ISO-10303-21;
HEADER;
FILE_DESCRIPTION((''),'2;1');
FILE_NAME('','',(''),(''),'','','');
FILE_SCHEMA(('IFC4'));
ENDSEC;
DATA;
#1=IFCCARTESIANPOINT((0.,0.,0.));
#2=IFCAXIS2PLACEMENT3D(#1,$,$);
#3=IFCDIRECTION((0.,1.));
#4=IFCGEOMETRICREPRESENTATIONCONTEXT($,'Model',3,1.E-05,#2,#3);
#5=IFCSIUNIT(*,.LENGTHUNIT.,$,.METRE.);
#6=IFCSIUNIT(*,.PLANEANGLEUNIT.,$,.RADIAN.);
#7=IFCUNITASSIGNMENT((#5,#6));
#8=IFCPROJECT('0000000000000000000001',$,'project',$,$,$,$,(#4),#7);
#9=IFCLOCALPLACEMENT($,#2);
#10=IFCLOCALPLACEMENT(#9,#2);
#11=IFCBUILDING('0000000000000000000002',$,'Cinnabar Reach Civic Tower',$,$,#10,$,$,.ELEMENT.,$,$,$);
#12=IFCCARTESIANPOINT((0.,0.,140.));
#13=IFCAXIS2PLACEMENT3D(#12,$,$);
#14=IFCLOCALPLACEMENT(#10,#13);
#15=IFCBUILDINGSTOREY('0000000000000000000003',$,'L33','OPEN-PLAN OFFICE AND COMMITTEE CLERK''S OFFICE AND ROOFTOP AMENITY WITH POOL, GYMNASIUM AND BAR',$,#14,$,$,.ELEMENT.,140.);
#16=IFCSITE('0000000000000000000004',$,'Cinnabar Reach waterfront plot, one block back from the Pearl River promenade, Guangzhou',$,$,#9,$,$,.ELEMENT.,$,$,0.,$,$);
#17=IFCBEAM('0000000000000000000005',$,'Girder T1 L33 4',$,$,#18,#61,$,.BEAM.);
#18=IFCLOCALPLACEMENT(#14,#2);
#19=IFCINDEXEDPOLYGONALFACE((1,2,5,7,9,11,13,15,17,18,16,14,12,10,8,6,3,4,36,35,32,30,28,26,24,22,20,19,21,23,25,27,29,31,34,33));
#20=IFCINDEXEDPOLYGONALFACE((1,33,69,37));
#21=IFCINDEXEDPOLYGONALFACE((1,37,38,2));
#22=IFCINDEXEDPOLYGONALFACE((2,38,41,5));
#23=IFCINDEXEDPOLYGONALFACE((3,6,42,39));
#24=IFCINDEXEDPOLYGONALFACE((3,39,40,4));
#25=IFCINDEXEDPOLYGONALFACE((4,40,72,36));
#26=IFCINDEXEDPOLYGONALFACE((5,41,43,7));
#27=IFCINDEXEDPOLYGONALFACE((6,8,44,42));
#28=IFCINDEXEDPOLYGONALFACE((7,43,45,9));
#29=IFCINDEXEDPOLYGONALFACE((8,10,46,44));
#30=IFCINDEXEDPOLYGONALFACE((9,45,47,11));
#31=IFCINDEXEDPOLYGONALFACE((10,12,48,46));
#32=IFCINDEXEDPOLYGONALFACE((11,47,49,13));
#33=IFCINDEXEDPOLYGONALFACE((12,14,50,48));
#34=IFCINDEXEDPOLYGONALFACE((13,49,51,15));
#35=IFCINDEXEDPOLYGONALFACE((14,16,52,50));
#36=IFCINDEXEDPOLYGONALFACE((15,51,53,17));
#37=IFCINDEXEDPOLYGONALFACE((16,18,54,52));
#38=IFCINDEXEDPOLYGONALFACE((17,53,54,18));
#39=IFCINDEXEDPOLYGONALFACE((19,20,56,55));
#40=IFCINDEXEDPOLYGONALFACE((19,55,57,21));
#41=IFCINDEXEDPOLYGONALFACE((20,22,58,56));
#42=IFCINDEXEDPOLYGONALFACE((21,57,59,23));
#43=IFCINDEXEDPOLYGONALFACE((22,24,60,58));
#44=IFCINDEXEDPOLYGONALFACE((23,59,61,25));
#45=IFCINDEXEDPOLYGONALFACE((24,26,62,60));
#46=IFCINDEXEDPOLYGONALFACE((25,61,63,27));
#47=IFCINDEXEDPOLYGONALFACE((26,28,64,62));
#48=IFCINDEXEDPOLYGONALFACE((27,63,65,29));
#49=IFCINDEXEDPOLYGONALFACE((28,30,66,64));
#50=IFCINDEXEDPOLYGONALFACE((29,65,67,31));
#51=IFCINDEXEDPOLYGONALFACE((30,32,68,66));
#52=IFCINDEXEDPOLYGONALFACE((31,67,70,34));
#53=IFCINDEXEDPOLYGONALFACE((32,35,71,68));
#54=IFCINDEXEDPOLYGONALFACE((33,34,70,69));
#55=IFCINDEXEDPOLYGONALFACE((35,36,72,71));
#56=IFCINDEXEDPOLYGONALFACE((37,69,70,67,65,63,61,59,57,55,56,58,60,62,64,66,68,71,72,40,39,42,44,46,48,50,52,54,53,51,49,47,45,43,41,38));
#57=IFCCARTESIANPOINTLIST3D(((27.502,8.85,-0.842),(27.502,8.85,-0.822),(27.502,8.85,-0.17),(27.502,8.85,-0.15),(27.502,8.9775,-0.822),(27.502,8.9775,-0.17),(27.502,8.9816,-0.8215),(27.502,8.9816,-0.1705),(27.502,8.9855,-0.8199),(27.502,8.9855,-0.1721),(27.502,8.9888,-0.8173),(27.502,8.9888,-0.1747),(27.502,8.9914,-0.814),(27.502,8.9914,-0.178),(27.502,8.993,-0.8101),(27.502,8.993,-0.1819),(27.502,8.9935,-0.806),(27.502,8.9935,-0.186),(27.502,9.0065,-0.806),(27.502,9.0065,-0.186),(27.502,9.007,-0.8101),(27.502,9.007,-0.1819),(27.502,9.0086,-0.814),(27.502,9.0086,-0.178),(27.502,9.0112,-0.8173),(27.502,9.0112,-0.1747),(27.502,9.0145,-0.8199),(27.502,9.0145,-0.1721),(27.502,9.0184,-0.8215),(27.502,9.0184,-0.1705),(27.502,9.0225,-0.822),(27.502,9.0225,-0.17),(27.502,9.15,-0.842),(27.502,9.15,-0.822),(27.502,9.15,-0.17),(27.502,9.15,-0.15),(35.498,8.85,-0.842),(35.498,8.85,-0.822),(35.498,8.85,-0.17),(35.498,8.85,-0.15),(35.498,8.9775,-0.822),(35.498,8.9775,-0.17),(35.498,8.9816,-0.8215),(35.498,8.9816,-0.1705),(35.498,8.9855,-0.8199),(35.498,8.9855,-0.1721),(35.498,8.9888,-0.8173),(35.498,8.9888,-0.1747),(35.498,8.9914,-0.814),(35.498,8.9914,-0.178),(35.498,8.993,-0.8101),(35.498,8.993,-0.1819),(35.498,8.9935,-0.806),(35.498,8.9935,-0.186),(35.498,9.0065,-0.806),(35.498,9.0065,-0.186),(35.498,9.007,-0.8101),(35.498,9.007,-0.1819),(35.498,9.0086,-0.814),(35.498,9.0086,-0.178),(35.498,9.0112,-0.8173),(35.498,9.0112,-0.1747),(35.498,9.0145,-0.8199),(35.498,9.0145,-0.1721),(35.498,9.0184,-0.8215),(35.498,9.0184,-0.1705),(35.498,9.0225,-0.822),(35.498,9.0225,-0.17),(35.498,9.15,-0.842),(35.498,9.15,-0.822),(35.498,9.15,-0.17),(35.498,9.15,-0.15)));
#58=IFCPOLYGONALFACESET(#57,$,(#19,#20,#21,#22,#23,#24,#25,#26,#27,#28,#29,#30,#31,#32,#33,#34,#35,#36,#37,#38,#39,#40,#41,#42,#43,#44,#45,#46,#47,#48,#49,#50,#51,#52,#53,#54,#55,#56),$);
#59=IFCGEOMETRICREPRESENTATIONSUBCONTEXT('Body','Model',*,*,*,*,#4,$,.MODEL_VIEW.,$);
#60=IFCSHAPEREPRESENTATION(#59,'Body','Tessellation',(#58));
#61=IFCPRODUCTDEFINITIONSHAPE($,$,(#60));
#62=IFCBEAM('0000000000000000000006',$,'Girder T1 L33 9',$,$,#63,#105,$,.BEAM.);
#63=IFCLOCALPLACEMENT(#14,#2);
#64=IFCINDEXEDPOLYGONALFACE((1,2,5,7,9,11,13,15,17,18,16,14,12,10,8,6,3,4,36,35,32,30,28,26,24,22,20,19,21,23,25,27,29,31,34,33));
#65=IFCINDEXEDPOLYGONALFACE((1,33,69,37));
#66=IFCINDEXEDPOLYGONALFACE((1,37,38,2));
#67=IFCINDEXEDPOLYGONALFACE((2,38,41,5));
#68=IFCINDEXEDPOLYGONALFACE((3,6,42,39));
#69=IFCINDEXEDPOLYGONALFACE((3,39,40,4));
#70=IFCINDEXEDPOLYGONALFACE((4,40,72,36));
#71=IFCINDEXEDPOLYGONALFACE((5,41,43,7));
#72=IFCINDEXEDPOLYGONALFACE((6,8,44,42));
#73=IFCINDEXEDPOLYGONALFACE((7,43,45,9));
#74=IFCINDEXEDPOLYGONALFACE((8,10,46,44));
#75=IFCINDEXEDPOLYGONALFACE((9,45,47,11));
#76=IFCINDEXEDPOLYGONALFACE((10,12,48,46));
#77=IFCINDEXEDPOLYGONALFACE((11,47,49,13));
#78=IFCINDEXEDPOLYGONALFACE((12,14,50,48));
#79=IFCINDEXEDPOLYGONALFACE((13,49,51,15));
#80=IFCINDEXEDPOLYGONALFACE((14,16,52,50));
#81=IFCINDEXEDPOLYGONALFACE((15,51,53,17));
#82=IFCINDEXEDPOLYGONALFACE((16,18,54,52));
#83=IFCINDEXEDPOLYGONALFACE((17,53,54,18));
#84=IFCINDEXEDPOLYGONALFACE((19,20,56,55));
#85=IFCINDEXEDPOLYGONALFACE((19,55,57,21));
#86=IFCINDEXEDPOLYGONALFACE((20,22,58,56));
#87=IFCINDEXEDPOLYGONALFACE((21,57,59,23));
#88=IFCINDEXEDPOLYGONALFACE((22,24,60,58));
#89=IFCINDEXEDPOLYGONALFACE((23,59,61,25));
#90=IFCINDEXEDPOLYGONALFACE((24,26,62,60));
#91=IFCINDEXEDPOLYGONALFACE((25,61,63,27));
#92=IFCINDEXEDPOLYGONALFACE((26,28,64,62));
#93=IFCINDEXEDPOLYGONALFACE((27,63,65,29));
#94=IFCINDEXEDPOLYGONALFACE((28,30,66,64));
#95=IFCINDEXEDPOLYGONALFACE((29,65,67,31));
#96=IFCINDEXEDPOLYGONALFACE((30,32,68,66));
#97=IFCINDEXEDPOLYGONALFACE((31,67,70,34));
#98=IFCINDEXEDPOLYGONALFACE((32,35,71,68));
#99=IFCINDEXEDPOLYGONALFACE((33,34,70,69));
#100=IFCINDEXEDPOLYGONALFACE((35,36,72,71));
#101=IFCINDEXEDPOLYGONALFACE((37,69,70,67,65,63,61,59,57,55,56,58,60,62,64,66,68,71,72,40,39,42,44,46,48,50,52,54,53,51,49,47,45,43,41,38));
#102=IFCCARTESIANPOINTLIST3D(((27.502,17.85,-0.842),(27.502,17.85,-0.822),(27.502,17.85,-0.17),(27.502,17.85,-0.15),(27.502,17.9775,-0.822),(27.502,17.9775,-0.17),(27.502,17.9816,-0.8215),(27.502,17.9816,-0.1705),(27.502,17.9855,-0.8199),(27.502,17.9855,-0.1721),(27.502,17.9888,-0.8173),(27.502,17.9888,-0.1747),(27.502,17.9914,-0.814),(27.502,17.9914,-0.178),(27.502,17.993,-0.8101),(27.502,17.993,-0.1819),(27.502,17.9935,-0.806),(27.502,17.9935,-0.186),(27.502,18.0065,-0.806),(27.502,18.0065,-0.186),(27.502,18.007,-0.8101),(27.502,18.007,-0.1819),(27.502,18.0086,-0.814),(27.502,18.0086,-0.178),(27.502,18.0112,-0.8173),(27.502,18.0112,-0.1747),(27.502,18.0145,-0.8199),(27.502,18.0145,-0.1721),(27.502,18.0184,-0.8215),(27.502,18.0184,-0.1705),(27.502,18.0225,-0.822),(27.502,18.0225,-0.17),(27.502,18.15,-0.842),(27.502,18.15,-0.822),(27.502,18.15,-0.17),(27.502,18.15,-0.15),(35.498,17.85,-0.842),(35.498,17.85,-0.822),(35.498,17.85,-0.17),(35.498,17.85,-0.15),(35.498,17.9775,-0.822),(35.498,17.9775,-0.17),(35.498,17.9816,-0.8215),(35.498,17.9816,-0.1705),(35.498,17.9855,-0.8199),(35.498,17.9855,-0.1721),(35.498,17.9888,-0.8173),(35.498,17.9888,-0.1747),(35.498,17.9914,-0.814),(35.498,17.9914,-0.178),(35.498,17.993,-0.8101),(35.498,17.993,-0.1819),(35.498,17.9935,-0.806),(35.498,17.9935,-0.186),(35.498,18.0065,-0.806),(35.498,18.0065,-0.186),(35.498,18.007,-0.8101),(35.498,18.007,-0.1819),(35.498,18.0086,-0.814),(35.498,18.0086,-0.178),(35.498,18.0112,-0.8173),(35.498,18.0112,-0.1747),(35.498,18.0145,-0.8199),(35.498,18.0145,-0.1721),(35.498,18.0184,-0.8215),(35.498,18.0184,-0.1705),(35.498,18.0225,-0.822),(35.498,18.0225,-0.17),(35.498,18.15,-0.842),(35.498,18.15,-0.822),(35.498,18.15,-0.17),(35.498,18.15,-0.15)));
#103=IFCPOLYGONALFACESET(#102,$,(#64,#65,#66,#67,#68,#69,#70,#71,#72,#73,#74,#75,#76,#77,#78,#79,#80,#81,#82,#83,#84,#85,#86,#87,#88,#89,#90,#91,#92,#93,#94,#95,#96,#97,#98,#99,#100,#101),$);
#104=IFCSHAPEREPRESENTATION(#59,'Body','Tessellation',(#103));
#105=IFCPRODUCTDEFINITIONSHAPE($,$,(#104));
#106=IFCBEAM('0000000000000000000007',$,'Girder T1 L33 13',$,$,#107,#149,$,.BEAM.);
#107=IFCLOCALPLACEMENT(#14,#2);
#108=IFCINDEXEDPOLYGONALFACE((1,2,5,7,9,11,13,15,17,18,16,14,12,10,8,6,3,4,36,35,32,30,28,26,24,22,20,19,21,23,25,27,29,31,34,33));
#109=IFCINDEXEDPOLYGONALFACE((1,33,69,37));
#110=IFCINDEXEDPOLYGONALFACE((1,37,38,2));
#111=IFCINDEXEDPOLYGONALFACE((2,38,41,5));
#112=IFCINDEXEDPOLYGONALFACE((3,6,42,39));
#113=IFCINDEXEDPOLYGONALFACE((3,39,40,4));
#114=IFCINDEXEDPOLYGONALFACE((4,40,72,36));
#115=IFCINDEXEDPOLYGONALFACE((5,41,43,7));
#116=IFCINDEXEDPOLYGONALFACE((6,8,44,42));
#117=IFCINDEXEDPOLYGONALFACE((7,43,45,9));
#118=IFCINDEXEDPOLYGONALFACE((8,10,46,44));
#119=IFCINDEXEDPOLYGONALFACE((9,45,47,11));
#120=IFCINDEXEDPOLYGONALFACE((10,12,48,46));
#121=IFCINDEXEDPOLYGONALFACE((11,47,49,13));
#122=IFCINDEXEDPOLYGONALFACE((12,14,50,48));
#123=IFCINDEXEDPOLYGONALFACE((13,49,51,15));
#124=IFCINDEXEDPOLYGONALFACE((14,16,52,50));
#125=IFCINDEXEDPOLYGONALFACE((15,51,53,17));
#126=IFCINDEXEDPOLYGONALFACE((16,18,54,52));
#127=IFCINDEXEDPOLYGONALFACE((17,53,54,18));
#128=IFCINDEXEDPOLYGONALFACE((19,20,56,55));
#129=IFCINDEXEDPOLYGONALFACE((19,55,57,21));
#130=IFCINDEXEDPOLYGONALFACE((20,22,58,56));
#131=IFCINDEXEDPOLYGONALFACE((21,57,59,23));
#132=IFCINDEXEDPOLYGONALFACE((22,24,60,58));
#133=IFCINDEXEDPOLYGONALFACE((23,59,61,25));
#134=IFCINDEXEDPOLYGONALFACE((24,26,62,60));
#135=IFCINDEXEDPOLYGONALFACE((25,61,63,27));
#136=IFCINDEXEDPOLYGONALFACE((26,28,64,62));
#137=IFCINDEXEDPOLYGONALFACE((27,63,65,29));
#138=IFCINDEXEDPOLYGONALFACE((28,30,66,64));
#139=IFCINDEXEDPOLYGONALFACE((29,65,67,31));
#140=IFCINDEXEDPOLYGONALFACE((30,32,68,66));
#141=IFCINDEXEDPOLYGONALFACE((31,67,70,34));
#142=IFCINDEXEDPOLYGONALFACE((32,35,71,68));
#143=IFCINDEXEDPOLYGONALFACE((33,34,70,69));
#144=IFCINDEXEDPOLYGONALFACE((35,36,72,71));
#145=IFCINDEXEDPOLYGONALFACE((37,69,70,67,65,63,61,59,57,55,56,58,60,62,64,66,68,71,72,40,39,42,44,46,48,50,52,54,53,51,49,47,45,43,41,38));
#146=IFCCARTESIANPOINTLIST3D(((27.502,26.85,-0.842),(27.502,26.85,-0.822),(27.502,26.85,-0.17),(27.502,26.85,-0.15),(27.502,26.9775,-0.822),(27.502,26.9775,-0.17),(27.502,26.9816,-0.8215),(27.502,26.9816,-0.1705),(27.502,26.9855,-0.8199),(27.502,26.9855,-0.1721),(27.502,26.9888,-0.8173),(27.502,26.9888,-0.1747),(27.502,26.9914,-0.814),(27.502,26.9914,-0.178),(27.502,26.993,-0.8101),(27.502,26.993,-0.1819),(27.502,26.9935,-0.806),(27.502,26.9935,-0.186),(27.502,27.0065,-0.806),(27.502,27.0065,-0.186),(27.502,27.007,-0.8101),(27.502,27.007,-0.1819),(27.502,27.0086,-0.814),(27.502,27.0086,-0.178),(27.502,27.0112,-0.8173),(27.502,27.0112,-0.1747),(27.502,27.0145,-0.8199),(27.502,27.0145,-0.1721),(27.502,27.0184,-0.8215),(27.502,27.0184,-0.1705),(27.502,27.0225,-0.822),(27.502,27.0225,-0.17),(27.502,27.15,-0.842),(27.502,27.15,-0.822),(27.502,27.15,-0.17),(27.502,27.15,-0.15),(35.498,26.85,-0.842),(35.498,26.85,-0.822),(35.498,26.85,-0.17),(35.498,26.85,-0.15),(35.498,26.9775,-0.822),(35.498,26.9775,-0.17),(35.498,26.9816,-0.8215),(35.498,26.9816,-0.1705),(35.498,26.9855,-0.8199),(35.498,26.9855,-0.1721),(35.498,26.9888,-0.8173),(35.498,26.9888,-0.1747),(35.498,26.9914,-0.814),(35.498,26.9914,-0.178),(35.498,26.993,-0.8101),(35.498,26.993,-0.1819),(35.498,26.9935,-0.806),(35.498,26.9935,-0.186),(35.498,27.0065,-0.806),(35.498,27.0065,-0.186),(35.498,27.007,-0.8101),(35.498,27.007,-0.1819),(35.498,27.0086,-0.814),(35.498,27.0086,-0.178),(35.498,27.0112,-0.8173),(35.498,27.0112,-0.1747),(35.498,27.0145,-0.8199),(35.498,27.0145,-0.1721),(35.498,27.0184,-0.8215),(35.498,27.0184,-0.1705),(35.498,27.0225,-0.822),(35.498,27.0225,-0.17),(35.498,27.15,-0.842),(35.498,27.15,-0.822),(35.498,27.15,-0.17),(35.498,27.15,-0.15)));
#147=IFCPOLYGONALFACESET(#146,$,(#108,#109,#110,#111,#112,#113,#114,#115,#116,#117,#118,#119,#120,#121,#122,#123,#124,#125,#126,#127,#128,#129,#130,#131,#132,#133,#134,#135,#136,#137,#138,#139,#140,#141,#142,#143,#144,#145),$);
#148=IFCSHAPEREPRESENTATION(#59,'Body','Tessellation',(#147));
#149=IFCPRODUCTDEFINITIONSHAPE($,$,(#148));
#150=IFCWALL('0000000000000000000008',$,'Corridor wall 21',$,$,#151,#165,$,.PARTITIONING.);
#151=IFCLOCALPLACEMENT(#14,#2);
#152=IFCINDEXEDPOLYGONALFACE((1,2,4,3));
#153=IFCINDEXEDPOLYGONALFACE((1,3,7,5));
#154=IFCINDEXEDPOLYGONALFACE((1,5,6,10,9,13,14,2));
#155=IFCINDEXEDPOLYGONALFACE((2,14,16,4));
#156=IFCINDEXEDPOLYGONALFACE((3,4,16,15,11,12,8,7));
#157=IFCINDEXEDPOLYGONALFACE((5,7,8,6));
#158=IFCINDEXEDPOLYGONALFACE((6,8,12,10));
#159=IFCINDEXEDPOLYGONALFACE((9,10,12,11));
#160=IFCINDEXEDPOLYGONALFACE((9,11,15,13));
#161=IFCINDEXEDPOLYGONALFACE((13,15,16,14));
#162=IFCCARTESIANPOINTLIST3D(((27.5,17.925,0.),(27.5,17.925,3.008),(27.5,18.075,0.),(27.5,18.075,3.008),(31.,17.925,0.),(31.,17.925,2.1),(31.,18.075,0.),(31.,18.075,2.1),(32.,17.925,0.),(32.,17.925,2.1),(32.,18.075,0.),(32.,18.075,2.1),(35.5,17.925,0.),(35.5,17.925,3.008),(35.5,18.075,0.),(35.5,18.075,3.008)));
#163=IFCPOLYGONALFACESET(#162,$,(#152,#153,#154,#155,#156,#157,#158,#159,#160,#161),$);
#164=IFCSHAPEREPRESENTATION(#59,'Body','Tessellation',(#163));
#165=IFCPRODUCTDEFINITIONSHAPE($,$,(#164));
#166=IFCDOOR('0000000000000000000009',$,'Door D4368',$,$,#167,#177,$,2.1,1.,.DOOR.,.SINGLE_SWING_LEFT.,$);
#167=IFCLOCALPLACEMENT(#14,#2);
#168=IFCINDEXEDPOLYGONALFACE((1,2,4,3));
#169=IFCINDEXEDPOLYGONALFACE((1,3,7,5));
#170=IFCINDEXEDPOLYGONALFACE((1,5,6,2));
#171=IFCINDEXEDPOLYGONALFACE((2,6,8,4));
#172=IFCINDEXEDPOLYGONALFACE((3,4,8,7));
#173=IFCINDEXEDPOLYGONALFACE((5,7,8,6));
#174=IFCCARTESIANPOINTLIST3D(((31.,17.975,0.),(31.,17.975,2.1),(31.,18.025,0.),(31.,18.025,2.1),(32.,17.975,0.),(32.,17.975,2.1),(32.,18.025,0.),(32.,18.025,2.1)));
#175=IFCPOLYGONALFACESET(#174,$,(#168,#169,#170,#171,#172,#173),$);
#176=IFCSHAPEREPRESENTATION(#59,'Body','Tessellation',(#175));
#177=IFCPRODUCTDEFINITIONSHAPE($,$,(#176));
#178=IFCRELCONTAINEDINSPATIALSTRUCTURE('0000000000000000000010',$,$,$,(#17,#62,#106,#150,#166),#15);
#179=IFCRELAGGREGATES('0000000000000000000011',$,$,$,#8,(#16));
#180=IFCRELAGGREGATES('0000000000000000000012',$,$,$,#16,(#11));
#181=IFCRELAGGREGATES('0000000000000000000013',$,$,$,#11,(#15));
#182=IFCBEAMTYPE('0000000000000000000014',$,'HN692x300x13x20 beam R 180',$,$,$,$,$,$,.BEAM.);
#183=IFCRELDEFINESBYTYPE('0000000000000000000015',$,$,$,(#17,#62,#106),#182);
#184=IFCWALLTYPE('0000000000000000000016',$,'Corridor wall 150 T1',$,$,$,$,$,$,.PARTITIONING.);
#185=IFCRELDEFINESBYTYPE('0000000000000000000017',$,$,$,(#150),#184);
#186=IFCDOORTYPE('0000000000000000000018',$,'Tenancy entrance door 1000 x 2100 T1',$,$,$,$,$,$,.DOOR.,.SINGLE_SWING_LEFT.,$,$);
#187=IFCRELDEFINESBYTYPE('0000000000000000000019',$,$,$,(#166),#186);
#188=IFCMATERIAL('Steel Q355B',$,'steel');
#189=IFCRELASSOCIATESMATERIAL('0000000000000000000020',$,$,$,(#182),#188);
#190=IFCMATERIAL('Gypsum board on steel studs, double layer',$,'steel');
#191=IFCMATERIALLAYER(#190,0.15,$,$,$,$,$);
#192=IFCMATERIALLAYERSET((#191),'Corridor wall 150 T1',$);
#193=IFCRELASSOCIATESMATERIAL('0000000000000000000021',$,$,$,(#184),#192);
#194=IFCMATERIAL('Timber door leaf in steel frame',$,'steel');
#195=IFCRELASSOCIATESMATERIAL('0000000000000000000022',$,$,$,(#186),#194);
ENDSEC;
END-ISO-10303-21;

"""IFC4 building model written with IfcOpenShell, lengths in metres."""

from ifc_helpers import new_model, si_unit, direction, frame, frame_2d, origin, origin_2d, place, context, subcontext, project, spatial, rectangle, i_section, extrude, material, layer, layer_set, material_profile, profile_set, type_object, element, fill, save


model = new_model("IFC4")

# Units and contexts
model_context = context("Model", 3, precision=1e-05, world=origin(), true_north=direction((0.0, 1.0)))
body_context = subcontext(model_context, "Body", "Model", "MODEL_VIEW")
ifc_project = project(units=[si_unit("LENGTHUNIT", "METRE"), si_unit("PLANEANGLEUNIT", "RADIAN")], contexts=[model_context])

# Site, building, storey
site_placement = place(None, origin())
site = spatial("IfcSite", under=ifc_project, at=site_placement, Name="Cinnabar Reach waterfront plot, one block back from the Pearl River promenade, Guangzhou", CompositionType="ELEMENT", RefElevation=0.0)
building_placement = place(site_placement, origin())
building = spatial("IfcBuilding", under=site, at=building_placement, Name="Cinnabar Reach Civic Tower", CompositionType="ELEMENT")
storey_placement = place(building_placement, frame((0.0, 0.0, 140.0)))
storey = spatial("IfcBuildingStorey", under=building, at=storey_placement, Name="L33", Description="OPEN-PLAN OFFICE AND COMMITTEE CLERK'S OFFICE AND ROOFTOP AMENITY WITH POOL, GYMNASIUM AND BAR", CompositionType="ELEMENT", Elevation=140.0)

# Beams
ifc_material_1 = material(Name="Steel Q355B", Category="steel")
ifc_material_profile_1 = material_profile(ifc_material_1, i_section(OverallWidth=0.3, OverallDepth=0.692, WebThickness=0.013, FlangeThickness=0.02, FilletRadius=0.016, at=origin_2d()), Name="HN692x300x13x20")
ifc_profile_set_1 = profile_set([ifc_material_profile_1], Name="Steel Q355B")
beam_type_1 = type_object("IfcBeamType", Name="HN692x300x13x20 beam R 180", PredefinedType="BEAM", material=ifc_profile_set_1)
for number, where, z_axis, x_axis, name in (
    (1, (27.502, 9.0, -0.496), (1.0, 0.0, 0.0), (0.0, 1.0, 0.0), "Girder T1 L33 4"),
    (2, (27.502, 18.0, -0.496), (1.0, 0.0, 0.0), (0.0, 1.0, 0.0), "Girder T1 L33 9"),
    (3, (27.502, 27.0, -0.496), (1.0, 0.0, 0.0), (0.0, 1.0, 0.0), "Girder T1 L33 13"),
):
    element("IfcBeam", number, at=place(storey_placement, frame(where, z_axis=z_axis, x_axis=x_axis)), inside=storey, type_object=beam_type_1, Name=name, PredefinedType="BEAM", context=body_context, shape_type="SweptSolid", body=[
        extrude(i_section(OverallWidth=0.3, OverallDepth=0.692, WebThickness=0.013, FlangeThickness=0.02, FilletRadius=0.016, at=origin_2d()), origin(), (0.0, 0.0, 1.0), 7.996),
    ])

# Wall, opening, door
ifc_material_2 = material(Name="Gypsum board on steel studs, double layer", Category="steel")
ifc_layer_1 = layer(ifc_material_2, 0.15)
ifc_layer_set_1 = layer_set([ifc_layer_1], Name="Corridor wall 150 T1")
wall_type_1 = type_object("IfcWallType", Name="Corridor wall 150 T1", PredefinedType="PARTITIONING", material=ifc_layer_set_1)
wall_1_placement = place(storey_placement, frame((27.5, 18.0, 0.0), z_axis=(0.0, 0.0, 1.0), x_axis=(1.0, 0.0, 0.0)))
wall_1 = element("IfcWall", 4, at=wall_1_placement, inside=storey, type_object=wall_type_1, Name="Corridor wall 21", PredefinedType="PARTITIONING", context=body_context, shape_type="SweptSolid", body=[
    extrude(rectangle(XDim=8.0, YDim=0.15, at=frame_2d((4.0, 0.0))), origin(), (0.0, 0.0, 1.0), 3.008),
])
opening_1_placement = place(wall_1_placement, frame((3.5, 0.0, 0.0)))
opening_1 = element("IfcOpeningElement", 5, at=opening_1_placement, cuts=wall_1, PredefinedType="OPENING", context=body_context, shape_type="SweptSolid", body=[
    extrude(rectangle(XDim=1.0, YDim=2.1, at=frame_2d((0.5, 1.05))), frame((0.0, 0.085, 0.0), z_axis=(0.0, -1.0, 0.0), x_axis=(1.0, 0.0, 0.0)), (0.0, 0.0, 1.0), 0.17),
])
ifc_material_3 = material(Name="Timber door leaf in steel frame", Category="steel")
door_type_1 = type_object("IfcDoorType", Name="Tenancy entrance door 1000 x 2100 T1", OperationType="SINGLE_SWING_LEFT", PredefinedType="DOOR", material=ifc_material_3)
door_1_placement = place(opening_1_placement, frame((1.0, 0.0, 0.0), z_axis=(0.0, 0.0, 1.0), x_axis=(-1.0, 0.0, 0.0)))
door_1 = element("IfcDoor", 6, at=door_1_placement, inside=storey, type_object=door_type_1, Name="Door D4368", OperationType="SINGLE_SWING_LEFT", OverallHeight=2.1, OverallWidth=1.0, PredefinedType="DOOR", context=body_context, shape_type="SweptSolid", body=[
    extrude(rectangle(XDim=1.0, YDim=2.1, at=frame_2d((0.5, 1.05))), frame((0.0, 0.025, 0.0), z_axis=(0.0, -1.0, 0.0), x_axis=(1.0, 0.0, 0.0)), (0.0, 0.0, 1.0), 0.05),
])
fill(opening_1, door_1)

save(model, "model.ifc")
